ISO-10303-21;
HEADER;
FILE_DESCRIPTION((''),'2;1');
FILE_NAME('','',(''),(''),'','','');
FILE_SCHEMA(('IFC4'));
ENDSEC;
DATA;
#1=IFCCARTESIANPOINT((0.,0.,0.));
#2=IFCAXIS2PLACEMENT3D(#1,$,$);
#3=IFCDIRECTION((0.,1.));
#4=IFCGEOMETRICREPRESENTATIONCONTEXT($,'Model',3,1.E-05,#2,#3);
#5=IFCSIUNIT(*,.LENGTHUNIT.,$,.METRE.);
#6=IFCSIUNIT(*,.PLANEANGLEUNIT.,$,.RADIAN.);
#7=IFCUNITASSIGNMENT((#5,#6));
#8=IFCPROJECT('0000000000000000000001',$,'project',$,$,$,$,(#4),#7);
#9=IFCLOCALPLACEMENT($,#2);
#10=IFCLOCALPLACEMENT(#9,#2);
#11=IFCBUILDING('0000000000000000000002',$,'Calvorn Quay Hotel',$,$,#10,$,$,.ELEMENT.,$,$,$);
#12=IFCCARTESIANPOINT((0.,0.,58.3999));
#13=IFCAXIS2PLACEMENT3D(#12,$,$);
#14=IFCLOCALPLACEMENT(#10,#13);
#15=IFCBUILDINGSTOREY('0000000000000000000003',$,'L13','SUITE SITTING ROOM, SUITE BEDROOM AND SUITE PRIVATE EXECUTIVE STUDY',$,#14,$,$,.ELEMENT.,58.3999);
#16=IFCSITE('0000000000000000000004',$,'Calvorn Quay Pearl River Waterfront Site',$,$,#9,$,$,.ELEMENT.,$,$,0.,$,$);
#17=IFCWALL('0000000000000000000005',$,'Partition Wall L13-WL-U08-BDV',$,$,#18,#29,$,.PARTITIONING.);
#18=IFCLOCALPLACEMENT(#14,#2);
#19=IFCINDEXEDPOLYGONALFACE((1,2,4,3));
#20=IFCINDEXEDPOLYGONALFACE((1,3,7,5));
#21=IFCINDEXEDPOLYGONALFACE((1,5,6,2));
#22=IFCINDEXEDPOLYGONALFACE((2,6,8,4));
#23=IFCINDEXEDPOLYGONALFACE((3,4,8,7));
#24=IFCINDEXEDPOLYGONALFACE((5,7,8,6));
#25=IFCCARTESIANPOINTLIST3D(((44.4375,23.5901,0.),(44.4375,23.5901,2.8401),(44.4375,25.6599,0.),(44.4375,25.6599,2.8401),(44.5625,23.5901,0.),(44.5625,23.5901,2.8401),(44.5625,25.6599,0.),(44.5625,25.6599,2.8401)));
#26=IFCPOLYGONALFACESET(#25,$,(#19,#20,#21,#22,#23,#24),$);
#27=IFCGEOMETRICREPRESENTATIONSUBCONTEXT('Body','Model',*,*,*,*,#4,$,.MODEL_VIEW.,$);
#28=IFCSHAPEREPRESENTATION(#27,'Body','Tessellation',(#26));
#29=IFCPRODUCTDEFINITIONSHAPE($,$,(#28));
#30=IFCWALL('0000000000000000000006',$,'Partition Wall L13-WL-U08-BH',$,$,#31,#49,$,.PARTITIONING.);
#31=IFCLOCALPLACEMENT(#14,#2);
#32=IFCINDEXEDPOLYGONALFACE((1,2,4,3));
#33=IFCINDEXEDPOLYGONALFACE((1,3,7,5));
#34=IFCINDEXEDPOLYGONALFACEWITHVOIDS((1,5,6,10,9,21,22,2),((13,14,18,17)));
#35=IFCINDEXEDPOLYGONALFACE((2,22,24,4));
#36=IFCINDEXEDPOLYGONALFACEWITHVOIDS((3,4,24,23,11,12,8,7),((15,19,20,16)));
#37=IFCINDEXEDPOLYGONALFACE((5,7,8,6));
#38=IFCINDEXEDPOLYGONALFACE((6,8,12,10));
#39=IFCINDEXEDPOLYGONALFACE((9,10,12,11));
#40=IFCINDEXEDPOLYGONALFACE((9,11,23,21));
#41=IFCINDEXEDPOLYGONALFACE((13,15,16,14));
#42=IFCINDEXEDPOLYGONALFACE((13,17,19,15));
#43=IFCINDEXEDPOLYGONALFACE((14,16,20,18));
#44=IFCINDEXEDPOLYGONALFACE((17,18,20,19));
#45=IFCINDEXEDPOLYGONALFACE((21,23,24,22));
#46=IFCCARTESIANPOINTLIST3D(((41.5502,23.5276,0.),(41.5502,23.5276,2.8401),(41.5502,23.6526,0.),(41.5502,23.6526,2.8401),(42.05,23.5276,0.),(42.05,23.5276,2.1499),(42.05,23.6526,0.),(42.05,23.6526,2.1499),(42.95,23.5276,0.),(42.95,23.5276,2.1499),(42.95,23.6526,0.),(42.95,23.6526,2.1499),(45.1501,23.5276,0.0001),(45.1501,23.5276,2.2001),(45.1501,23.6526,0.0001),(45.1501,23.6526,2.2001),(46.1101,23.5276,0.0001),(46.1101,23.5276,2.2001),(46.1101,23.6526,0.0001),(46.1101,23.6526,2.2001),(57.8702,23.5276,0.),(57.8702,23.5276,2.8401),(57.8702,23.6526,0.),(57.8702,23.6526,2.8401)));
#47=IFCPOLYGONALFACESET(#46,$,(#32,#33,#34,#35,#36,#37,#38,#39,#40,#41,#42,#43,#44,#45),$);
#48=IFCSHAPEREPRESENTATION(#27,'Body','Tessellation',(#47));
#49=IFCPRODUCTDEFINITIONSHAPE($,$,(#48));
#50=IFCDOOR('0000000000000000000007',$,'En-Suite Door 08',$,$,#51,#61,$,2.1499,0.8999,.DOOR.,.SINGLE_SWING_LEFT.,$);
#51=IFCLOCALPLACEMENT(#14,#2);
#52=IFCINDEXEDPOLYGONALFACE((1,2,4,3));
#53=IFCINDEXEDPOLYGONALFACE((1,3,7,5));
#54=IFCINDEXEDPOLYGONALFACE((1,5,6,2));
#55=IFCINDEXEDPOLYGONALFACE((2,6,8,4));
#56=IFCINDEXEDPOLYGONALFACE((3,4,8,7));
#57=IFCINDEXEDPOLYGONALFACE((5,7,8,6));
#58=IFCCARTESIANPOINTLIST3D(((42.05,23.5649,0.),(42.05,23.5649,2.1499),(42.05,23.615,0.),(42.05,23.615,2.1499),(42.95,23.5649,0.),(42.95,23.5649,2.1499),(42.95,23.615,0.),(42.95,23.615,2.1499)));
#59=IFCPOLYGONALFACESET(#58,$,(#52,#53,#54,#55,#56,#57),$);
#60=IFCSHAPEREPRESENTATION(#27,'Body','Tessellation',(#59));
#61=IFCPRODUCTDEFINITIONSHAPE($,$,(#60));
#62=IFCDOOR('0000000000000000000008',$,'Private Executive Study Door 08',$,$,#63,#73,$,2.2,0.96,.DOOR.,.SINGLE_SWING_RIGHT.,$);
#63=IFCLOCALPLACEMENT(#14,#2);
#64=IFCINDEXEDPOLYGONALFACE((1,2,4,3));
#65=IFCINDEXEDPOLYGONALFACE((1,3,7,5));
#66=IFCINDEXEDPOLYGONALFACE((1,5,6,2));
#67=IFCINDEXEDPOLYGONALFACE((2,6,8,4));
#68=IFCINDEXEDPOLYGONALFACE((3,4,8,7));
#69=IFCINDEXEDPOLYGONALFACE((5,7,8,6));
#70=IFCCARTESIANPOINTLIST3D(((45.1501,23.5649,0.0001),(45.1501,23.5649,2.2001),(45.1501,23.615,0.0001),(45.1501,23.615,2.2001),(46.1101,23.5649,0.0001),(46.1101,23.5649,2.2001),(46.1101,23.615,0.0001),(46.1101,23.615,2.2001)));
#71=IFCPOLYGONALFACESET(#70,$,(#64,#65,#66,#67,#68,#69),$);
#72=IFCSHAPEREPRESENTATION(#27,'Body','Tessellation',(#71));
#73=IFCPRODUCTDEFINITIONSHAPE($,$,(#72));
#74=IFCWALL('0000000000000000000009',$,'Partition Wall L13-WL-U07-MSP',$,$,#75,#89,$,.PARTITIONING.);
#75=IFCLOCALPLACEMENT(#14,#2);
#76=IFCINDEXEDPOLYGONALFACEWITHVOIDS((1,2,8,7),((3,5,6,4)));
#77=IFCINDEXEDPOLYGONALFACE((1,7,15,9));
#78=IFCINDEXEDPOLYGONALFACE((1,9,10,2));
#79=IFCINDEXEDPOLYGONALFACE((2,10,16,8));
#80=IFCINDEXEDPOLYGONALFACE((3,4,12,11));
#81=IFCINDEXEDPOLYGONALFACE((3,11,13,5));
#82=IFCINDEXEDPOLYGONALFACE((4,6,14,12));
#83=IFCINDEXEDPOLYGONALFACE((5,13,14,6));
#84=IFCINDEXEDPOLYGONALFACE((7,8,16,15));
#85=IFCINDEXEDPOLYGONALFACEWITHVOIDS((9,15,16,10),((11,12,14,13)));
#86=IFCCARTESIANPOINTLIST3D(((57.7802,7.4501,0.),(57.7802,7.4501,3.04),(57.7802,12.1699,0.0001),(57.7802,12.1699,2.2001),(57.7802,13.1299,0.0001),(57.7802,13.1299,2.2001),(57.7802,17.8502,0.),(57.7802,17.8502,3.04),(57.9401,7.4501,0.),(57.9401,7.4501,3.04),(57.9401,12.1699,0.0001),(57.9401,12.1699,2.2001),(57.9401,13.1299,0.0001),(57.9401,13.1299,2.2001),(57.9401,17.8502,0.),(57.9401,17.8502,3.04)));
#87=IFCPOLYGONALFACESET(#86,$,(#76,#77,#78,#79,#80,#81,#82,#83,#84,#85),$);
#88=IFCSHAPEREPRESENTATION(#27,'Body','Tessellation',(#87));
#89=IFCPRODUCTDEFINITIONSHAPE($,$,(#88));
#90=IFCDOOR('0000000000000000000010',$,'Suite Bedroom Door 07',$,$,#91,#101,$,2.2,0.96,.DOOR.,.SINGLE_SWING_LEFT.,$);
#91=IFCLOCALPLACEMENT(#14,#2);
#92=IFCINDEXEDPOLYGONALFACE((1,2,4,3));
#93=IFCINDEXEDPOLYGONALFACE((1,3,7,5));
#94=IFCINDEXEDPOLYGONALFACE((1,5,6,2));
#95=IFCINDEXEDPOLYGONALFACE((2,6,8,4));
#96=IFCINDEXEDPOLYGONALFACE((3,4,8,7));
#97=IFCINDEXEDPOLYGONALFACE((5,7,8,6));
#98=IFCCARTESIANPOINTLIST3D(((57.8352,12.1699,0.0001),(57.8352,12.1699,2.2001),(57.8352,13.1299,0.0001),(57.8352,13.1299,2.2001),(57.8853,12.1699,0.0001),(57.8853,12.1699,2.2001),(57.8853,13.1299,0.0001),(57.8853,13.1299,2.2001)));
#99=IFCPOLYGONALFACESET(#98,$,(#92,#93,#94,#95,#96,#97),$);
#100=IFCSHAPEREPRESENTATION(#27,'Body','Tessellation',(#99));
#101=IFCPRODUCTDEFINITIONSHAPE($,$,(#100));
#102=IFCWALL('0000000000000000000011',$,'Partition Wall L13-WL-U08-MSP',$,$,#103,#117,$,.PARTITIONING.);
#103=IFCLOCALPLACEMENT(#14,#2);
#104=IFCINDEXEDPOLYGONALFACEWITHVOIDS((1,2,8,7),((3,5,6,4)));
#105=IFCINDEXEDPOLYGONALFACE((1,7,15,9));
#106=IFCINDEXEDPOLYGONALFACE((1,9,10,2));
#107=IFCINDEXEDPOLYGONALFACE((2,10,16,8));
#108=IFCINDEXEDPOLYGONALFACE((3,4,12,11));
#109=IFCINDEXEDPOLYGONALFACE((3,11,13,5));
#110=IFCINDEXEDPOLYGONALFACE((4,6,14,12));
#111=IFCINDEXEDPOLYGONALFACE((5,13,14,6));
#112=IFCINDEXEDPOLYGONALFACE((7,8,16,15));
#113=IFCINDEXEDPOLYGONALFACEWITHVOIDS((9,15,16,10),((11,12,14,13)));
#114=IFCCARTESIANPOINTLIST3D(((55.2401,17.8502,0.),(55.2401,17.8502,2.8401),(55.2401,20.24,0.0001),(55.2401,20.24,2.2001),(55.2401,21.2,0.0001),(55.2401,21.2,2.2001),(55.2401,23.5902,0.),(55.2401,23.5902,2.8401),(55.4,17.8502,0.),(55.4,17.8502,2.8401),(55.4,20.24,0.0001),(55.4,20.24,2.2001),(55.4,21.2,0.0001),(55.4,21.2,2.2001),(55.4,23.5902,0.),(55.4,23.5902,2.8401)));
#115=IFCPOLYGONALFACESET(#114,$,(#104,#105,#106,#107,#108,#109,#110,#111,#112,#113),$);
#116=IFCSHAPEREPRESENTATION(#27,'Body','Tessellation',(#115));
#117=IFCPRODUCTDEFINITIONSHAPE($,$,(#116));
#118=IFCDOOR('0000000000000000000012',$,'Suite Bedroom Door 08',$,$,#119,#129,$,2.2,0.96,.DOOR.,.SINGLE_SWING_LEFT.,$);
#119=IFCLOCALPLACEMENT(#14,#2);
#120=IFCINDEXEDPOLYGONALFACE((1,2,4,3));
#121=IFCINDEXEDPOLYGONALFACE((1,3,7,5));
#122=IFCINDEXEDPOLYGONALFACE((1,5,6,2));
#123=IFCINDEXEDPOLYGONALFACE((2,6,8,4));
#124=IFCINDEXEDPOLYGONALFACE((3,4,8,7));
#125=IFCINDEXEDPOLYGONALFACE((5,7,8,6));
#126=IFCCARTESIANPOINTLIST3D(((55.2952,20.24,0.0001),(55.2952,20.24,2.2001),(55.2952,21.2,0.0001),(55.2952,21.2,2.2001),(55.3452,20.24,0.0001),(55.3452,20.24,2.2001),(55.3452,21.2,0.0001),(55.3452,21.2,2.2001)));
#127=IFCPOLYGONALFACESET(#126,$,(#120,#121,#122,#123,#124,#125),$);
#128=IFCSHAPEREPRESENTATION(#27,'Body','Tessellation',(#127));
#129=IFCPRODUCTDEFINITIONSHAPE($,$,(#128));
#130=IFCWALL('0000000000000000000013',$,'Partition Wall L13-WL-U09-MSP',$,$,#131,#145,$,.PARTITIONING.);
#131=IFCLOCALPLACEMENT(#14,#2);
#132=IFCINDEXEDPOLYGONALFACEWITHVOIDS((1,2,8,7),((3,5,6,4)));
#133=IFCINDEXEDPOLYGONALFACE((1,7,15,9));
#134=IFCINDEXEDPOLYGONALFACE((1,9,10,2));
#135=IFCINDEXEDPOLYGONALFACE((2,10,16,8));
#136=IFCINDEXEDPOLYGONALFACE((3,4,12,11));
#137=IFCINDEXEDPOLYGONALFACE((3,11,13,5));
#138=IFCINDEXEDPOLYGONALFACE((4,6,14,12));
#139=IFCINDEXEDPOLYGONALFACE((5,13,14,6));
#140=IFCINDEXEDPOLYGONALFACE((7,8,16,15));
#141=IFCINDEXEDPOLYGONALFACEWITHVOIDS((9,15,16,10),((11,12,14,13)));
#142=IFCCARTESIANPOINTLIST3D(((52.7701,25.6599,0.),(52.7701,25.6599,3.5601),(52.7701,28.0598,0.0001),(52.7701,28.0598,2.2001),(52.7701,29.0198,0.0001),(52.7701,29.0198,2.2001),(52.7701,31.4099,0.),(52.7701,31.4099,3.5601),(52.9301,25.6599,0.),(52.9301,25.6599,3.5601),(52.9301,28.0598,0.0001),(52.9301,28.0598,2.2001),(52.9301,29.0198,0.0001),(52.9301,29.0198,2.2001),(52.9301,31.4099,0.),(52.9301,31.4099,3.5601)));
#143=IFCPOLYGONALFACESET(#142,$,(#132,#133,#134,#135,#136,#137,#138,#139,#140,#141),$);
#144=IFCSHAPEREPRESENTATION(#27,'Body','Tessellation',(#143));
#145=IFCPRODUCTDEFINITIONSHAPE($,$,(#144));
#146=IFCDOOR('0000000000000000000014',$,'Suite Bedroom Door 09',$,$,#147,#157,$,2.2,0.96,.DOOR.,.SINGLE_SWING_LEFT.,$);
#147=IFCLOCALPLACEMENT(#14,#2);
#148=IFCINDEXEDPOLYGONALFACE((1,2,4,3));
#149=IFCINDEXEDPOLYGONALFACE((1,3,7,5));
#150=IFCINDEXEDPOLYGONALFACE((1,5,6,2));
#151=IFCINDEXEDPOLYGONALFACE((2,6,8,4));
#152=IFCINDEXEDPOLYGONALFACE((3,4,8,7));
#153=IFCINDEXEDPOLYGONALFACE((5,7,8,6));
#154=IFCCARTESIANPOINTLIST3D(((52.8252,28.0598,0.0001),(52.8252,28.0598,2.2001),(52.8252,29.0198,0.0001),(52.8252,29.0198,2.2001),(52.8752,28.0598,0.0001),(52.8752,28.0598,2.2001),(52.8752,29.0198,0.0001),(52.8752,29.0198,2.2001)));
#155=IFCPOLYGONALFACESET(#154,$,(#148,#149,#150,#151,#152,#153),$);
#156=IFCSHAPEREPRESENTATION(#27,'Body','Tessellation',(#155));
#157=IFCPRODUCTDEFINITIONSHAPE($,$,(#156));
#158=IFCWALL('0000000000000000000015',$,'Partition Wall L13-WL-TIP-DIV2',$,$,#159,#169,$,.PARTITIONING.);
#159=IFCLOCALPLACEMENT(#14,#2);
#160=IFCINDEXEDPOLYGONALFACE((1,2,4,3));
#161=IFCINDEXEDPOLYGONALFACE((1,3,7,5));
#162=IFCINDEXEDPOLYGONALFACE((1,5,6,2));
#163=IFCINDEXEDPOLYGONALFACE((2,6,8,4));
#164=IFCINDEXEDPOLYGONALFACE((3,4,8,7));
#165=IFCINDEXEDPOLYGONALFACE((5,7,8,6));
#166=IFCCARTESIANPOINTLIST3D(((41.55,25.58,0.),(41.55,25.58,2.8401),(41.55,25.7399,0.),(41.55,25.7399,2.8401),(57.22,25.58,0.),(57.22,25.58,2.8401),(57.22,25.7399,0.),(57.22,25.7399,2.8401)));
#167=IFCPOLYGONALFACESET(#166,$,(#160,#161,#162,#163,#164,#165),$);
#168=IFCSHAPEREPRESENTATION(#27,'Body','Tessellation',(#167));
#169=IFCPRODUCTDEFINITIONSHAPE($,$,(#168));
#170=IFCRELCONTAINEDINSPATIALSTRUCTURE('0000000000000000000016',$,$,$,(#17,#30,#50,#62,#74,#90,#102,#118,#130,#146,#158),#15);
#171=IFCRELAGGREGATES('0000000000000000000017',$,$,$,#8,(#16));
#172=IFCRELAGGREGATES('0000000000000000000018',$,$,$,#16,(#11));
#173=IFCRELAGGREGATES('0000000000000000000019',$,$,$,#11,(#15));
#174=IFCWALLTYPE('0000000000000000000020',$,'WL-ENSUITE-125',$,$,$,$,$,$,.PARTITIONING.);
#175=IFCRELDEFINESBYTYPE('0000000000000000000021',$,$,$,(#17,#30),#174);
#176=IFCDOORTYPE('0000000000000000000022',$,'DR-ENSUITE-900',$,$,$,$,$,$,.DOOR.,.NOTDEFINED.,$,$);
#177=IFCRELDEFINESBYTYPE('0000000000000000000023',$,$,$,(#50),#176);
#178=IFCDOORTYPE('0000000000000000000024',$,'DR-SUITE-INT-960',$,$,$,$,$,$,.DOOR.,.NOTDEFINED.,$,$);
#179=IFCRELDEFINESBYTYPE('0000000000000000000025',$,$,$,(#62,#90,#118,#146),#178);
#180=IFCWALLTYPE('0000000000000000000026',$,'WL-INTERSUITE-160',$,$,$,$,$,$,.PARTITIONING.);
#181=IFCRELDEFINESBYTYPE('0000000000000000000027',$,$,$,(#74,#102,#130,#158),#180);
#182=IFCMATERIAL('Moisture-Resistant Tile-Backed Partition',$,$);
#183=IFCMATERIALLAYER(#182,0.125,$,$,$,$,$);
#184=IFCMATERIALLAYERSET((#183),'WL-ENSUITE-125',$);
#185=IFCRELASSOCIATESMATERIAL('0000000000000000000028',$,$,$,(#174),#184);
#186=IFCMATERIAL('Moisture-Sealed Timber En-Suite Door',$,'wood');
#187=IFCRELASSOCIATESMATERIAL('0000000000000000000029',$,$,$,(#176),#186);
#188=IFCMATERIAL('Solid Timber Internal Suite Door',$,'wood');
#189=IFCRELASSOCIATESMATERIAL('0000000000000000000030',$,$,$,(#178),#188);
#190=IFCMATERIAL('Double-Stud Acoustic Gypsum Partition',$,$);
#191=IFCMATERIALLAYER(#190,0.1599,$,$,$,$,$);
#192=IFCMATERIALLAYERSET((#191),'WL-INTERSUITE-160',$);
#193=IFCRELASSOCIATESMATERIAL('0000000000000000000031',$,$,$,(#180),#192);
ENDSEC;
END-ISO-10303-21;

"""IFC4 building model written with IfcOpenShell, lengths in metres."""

from ifc_helpers import new_model, si_unit, direction, frame, frame_2d, origin, place, context, subcontext, project, spatial, rectangle, extrude, material, layer, layer_set, type_object, element, fill, save


model = new_model("IFC4")

# Units and contexts
model_context = context("Model", 3, precision=1e-05, world=origin(), true_north=direction((0.0, 1.0)))
body_context = subcontext(model_context, "Body", "Model", "MODEL_VIEW")
ifc_project = project(units=[si_unit("LENGTHUNIT", "METRE"), si_unit("PLANEANGLEUNIT", "RADIAN")], contexts=[model_context])

# Site, building, storey
site_placement = place(None, origin())
site = spatial("IfcSite", under=ifc_project, at=site_placement, Name="Calvorn Quay Pearl River Waterfront Site", CompositionType="ELEMENT", RefElevation=0.0)
building_placement = place(site_placement, origin())
building = spatial("IfcBuilding", under=site, at=building_placement, Name="Calvorn Quay Hotel", CompositionType="ELEMENT")
storey_placement = place(building_placement, frame((0.0, 0.0, 58.3999)))
storey = spatial("IfcBuildingStorey", under=building, at=storey_placement, Name="L13", Description="SUITE SITTING ROOM, SUITE BEDROOM AND SUITE PRIVATE EXECUTIVE STUDY", CompositionType="ELEMENT", Elevation=58.3999)

# Shared definitions
ifc_material_1 = material(Name="Moisture-Resistant Tile-Backed Partition")
ifc_layer_1 = layer(ifc_material_1, 0.125)
ifc_layer_set_1 = layer_set([ifc_layer_1], Name="WL-ENSUITE-125")
wall_type_1 = type_object("IfcWallType", Name="WL-ENSUITE-125", PredefinedType="PARTITIONING", material=ifc_layer_set_1)

# Shared definitions
ifc_material_2 = material(Name="Moisture-Sealed Timber En-Suite Door", Category="wood")
door_type_1 = type_object("IfcDoorType", Name="DR-ENSUITE-900", OperationType="NOTDEFINED", PredefinedType="DOOR", material=ifc_material_2)
ifc_material_3 = material(Name="Solid Timber Internal Suite Door", Category="wood")
door_type_2 = type_object("IfcDoorType", Name="DR-SUITE-INT-960", OperationType="NOTDEFINED", PredefinedType="DOOR", material=ifc_material_3)

# Wall
wall_1_placement = place(storey_placement, frame((44.5, 23.5901, 0.0), z_axis=(0.0, 0.0, 1.0), x_axis=(0.0, 1.0, 0.0)))
element("IfcWall", 1, at=wall_1_placement, inside=storey, type_object=wall_type_1, Name="Partition Wall L13-WL-U08-BDV", PredefinedType="PARTITIONING", context=body_context, shape_type="SweptSolid", body=[
    extrude(rectangle(XDim=2.0698, YDim=0.125, at=frame_2d((1.0349, 0.0))), origin(), (0.0, 0.0, 1.0), 2.8401),
])

# Wall, openings, doors
wall_2_placement = place(storey_placement, frame((41.55, 23.5901, 0.0), z_axis=(0.0, 0.0, 1.0), x_axis=(1.0, 0.0, 0.0)))
wall_2 = element("IfcWall", 2, at=wall_2_placement, inside=storey, type_object=wall_type_1, Name="Partition Wall L13-WL-U08-BH", PredefinedType="PARTITIONING", context=body_context, shape_type="SweptSolid", body=[
    extrude(rectangle(XDim=16.3201, YDim=0.125, at=frame_2d((8.1602, 0.0))), origin(), (0.0, 0.0, 1.0), 2.8401),
])
opening_1_placement = place(wall_2_placement, frame((0.5, 0.0, 0.0)))
opening_1 = element("IfcOpeningElement", 3, at=opening_1_placement, cuts=wall_2, PredefinedType="OPENING", context=body_context, shape_type="SweptSolid", body=[
    extrude(rectangle(XDim=0.8999, YDim=2.1499, at=frame_2d((0.45, 1.075))), frame((0.0, 0.0725, 0.0), z_axis=(0.0, -1.0, 0.0), x_axis=(1.0, 0.0, 0.0)), (0.0, 0.0, 1.0), 0.145),
])
opening_2_placement = place(wall_2_placement, frame((3.6001, 0.0, 0.0)))
opening_2 = element("IfcOpeningElement", 4, at=opening_2_placement, cuts=wall_2, PredefinedType="OPENING", context=body_context, shape_type="SweptSolid", body=[
    extrude(rectangle(XDim=0.96, YDim=2.2, at=frame_2d((0.48, 1.1001))), frame((0.0, 0.0725, 0.0), z_axis=(0.0, -1.0, 0.0), x_axis=(1.0, 0.0, 0.0)), (0.0, 0.0, 1.0), 0.145),
])
door_1_placement = place(opening_1_placement, origin())
door_1 = element("IfcDoor", 5, at=door_1_placement, inside=storey, type_object=door_type_1, Name="En-Suite Door 08", OperationType="SINGLE_SWING_LEFT", OverallHeight=2.1499, OverallWidth=0.8999, PredefinedType="DOOR", context=body_context, shape_type="SweptSolid", body=[
    extrude(rectangle(XDim=0.8999, YDim=2.1499, at=frame_2d((0.45, 1.075))), frame((0.0, 0.0249, 0.0), z_axis=(0.0, -1.0, 0.0), x_axis=(1.0, 0.0, 0.0)), (0.0, 0.0, 1.0), 0.05),
])
fill(opening_1, door_1)
door_2_placement = place(opening_2_placement, origin())
door_2 = element("IfcDoor", 6, at=door_2_placement, inside=storey, type_object=door_type_2, Name="Private Executive Study Door 08", OperationType="SINGLE_SWING_RIGHT", OverallHeight=2.2, OverallWidth=0.96, PredefinedType="DOOR", context=body_context, shape_type="SweptSolid", body=[
    extrude(rectangle(XDim=0.96, YDim=2.2, at=frame_2d((0.48, 1.1001))), frame((0.0, 0.0249, 0.0), z_axis=(0.0, -1.0, 0.0), x_axis=(1.0, 0.0, 0.0)), (0.0, 0.0, 1.0), 0.05),
])
fill(opening_2, door_2)

# Walls, openings, doors
ifc_material_4 = material(Name="Double-Stud Acoustic Gypsum Partition")
ifc_layer_2 = layer(ifc_material_4, 0.1599)
ifc_layer_set_2 = layer_set([ifc_layer_2], Name="WL-INTERSUITE-160")
wall_type_2 = type_object("IfcWallType", Name="WL-INTERSUITE-160", PredefinedType="PARTITIONING", material=ifc_layer_set_2)
wall_3_placement = place(storey_placement, frame((57.8601, 7.45, 0.0), z_axis=(0.0, 0.0, 1.0), x_axis=(0.0, 1.0, 0.0)))
wall_3 = element("IfcWall", 7, at=wall_3_placement, inside=storey, type_object=wall_type_2, Name="Partition Wall L13-WL-U07-MSP", PredefinedType="PARTITIONING", context=body_context, shape_type="SweptSolid", body=[
    extrude(rectangle(XDim=10.4001, YDim=0.1599, at=frame_2d((5.2002, 0.0))), origin(), (0.0, 0.0, 1.0), 3.04),
])
opening_3_placement = place(wall_3_placement, frame((4.72, 0.0, 0.0)))
opening_3 = element("IfcOpeningElement", 8, at=opening_3_placement, cuts=wall_3, PredefinedType="OPENING", context=body_context, shape_type="SweptSolid", body=[
    extrude(rectangle(XDim=0.96, YDim=2.2, at=frame_2d((0.48, 1.1001))), frame((0.0, 0.0898, 0.0), z_axis=(0.0, -1.0, 0.0), x_axis=(1.0, 0.0, 0.0)), (0.0, 0.0, 1.0), 0.1799),
])
door_3_placement = place(opening_3_placement, origin())
door_3 = element("IfcDoor", 9, at=door_3_placement, inside=storey, type_object=door_type_2, Name="Suite Bedroom Door 07", OperationType="SINGLE_SWING_LEFT", OverallHeight=2.2, OverallWidth=0.96, PredefinedType="DOOR", context=body_context, shape_type="SweptSolid", body=[
    extrude(rectangle(XDim=0.96, YDim=2.2, at=frame_2d((0.48, 1.1001))), frame((0.0, 0.0249, 0.0), z_axis=(0.0, -1.0, 0.0), x_axis=(1.0, 0.0, 0.0)), (0.0, 0.0, 1.0), 0.05),
])
fill(opening_3, door_3)
wall_4_placement = place(storey_placement, frame((55.3201, 17.8501, 0.0), z_axis=(0.0, 0.0, 1.0), x_axis=(0.0, 1.0, 0.0)))
wall_4 = element("IfcWall", 10, at=wall_4_placement, inside=storey, type_object=wall_type_2, Name="Partition Wall L13-WL-U08-MSP", PredefinedType="PARTITIONING", context=body_context, shape_type="SweptSolid", body=[
    extrude(rectangle(XDim=5.74, YDim=0.1599, at=frame_2d((2.8701, 0.0))), origin(), (0.0, 0.0, 1.0), 2.8401),
])
opening_4_placement = place(wall_4_placement, frame((2.3899, 0.0, 0.0)))
opening_4 = element("IfcOpeningElement", 11, at=opening_4_placement, cuts=wall_4, PredefinedType="OPENING", context=body_context, shape_type="SweptSolid", body=[
    extrude(rectangle(XDim=0.96, YDim=2.2, at=frame_2d((0.48, 1.1001))), frame((0.0, 0.0898, 0.0), z_axis=(0.0, -1.0, 0.0), x_axis=(1.0, 0.0, 0.0)), (0.0, 0.0, 1.0), 0.1799),
])
door_4_placement = place(opening_4_placement, origin())
door_4 = element("IfcDoor", 12, at=door_4_placement, inside=storey, type_object=door_type_2, Name="Suite Bedroom Door 08", OperationType="SINGLE_SWING_LEFT", OverallHeight=2.2, OverallWidth=0.96, PredefinedType="DOOR", context=body_context, shape_type="SweptSolid", body=[
    extrude(rectangle(XDim=0.96, YDim=2.2, at=frame_2d((0.48, 1.1001))), frame((0.0, 0.0249, 0.0), z_axis=(0.0, -1.0, 0.0), x_axis=(1.0, 0.0, 0.0)), (0.0, 0.0, 1.0), 0.05),
])
fill(opening_4, door_4)
wall_5_placement = place(storey_placement, frame((52.8501, 25.6599, 0.0), z_axis=(0.0, 0.0, 1.0), x_axis=(0.0, 1.0, 0.0)))
wall_5 = element("IfcWall", 13, at=wall_5_placement, inside=storey, type_object=wall_type_2, Name="Partition Wall L13-WL-U09-MSP", PredefinedType="PARTITIONING", context=body_context, shape_type="SweptSolid", body=[
    extrude(rectangle(XDim=5.75, YDim=0.1599, at=frame_2d((2.875, 0.0))), origin(), (0.0, 0.0, 1.0), 3.5601),
])
opening_5_placement = place(wall_5_placement, frame((2.3999, 0.0, 0.0)))
opening_5 = element("IfcOpeningElement", 14, at=opening_5_placement, cuts=wall_5, PredefinedType="OPENING", context=body_context, shape_type="SweptSolid", body=[
    extrude(rectangle(XDim=0.96, YDim=2.2, at=frame_2d((0.48, 1.1001))), frame((0.0, 0.0898, 0.0), z_axis=(0.0, -1.0, 0.0), x_axis=(1.0, 0.0, 0.0)), (0.0, 0.0, 1.0), 0.1799),
])
door_5_placement = place(opening_5_placement, origin())
door_5 = element("IfcDoor", 15, at=door_5_placement, inside=storey, type_object=door_type_2, Name="Suite Bedroom Door 09", OperationType="SINGLE_SWING_LEFT", OverallHeight=2.2, OverallWidth=0.96, PredefinedType="DOOR", context=body_context, shape_type="SweptSolid", body=[
    extrude(rectangle(XDim=0.96, YDim=2.2, at=frame_2d((0.48, 1.1001))), frame((0.0, 0.0249, 0.0), z_axis=(0.0, -1.0, 0.0), x_axis=(1.0, 0.0, 0.0)), (0.0, 0.0, 1.0), 0.05),
])
fill(opening_5, door_5)

# Wall
wall_6_placement = place(storey_placement, frame((41.55, 25.6599, 0.0), z_axis=(0.0, 0.0, 1.0), x_axis=(1.0, 0.0, 0.0)))
element("IfcWall", 16, at=wall_6_placement, inside=storey, type_object=wall_type_2, Name="Partition Wall L13-WL-TIP-DIV2", PredefinedType="PARTITIONING", context=body_context, shape_type="SweptSolid", body=[
    extrude(rectangle(XDim=15.6699, YDim=0.1599, at=frame_2d((7.835, 0.0))), origin(), (0.0, 0.0, 1.0), 2.8401),
])

save(model, "model.ifc")
